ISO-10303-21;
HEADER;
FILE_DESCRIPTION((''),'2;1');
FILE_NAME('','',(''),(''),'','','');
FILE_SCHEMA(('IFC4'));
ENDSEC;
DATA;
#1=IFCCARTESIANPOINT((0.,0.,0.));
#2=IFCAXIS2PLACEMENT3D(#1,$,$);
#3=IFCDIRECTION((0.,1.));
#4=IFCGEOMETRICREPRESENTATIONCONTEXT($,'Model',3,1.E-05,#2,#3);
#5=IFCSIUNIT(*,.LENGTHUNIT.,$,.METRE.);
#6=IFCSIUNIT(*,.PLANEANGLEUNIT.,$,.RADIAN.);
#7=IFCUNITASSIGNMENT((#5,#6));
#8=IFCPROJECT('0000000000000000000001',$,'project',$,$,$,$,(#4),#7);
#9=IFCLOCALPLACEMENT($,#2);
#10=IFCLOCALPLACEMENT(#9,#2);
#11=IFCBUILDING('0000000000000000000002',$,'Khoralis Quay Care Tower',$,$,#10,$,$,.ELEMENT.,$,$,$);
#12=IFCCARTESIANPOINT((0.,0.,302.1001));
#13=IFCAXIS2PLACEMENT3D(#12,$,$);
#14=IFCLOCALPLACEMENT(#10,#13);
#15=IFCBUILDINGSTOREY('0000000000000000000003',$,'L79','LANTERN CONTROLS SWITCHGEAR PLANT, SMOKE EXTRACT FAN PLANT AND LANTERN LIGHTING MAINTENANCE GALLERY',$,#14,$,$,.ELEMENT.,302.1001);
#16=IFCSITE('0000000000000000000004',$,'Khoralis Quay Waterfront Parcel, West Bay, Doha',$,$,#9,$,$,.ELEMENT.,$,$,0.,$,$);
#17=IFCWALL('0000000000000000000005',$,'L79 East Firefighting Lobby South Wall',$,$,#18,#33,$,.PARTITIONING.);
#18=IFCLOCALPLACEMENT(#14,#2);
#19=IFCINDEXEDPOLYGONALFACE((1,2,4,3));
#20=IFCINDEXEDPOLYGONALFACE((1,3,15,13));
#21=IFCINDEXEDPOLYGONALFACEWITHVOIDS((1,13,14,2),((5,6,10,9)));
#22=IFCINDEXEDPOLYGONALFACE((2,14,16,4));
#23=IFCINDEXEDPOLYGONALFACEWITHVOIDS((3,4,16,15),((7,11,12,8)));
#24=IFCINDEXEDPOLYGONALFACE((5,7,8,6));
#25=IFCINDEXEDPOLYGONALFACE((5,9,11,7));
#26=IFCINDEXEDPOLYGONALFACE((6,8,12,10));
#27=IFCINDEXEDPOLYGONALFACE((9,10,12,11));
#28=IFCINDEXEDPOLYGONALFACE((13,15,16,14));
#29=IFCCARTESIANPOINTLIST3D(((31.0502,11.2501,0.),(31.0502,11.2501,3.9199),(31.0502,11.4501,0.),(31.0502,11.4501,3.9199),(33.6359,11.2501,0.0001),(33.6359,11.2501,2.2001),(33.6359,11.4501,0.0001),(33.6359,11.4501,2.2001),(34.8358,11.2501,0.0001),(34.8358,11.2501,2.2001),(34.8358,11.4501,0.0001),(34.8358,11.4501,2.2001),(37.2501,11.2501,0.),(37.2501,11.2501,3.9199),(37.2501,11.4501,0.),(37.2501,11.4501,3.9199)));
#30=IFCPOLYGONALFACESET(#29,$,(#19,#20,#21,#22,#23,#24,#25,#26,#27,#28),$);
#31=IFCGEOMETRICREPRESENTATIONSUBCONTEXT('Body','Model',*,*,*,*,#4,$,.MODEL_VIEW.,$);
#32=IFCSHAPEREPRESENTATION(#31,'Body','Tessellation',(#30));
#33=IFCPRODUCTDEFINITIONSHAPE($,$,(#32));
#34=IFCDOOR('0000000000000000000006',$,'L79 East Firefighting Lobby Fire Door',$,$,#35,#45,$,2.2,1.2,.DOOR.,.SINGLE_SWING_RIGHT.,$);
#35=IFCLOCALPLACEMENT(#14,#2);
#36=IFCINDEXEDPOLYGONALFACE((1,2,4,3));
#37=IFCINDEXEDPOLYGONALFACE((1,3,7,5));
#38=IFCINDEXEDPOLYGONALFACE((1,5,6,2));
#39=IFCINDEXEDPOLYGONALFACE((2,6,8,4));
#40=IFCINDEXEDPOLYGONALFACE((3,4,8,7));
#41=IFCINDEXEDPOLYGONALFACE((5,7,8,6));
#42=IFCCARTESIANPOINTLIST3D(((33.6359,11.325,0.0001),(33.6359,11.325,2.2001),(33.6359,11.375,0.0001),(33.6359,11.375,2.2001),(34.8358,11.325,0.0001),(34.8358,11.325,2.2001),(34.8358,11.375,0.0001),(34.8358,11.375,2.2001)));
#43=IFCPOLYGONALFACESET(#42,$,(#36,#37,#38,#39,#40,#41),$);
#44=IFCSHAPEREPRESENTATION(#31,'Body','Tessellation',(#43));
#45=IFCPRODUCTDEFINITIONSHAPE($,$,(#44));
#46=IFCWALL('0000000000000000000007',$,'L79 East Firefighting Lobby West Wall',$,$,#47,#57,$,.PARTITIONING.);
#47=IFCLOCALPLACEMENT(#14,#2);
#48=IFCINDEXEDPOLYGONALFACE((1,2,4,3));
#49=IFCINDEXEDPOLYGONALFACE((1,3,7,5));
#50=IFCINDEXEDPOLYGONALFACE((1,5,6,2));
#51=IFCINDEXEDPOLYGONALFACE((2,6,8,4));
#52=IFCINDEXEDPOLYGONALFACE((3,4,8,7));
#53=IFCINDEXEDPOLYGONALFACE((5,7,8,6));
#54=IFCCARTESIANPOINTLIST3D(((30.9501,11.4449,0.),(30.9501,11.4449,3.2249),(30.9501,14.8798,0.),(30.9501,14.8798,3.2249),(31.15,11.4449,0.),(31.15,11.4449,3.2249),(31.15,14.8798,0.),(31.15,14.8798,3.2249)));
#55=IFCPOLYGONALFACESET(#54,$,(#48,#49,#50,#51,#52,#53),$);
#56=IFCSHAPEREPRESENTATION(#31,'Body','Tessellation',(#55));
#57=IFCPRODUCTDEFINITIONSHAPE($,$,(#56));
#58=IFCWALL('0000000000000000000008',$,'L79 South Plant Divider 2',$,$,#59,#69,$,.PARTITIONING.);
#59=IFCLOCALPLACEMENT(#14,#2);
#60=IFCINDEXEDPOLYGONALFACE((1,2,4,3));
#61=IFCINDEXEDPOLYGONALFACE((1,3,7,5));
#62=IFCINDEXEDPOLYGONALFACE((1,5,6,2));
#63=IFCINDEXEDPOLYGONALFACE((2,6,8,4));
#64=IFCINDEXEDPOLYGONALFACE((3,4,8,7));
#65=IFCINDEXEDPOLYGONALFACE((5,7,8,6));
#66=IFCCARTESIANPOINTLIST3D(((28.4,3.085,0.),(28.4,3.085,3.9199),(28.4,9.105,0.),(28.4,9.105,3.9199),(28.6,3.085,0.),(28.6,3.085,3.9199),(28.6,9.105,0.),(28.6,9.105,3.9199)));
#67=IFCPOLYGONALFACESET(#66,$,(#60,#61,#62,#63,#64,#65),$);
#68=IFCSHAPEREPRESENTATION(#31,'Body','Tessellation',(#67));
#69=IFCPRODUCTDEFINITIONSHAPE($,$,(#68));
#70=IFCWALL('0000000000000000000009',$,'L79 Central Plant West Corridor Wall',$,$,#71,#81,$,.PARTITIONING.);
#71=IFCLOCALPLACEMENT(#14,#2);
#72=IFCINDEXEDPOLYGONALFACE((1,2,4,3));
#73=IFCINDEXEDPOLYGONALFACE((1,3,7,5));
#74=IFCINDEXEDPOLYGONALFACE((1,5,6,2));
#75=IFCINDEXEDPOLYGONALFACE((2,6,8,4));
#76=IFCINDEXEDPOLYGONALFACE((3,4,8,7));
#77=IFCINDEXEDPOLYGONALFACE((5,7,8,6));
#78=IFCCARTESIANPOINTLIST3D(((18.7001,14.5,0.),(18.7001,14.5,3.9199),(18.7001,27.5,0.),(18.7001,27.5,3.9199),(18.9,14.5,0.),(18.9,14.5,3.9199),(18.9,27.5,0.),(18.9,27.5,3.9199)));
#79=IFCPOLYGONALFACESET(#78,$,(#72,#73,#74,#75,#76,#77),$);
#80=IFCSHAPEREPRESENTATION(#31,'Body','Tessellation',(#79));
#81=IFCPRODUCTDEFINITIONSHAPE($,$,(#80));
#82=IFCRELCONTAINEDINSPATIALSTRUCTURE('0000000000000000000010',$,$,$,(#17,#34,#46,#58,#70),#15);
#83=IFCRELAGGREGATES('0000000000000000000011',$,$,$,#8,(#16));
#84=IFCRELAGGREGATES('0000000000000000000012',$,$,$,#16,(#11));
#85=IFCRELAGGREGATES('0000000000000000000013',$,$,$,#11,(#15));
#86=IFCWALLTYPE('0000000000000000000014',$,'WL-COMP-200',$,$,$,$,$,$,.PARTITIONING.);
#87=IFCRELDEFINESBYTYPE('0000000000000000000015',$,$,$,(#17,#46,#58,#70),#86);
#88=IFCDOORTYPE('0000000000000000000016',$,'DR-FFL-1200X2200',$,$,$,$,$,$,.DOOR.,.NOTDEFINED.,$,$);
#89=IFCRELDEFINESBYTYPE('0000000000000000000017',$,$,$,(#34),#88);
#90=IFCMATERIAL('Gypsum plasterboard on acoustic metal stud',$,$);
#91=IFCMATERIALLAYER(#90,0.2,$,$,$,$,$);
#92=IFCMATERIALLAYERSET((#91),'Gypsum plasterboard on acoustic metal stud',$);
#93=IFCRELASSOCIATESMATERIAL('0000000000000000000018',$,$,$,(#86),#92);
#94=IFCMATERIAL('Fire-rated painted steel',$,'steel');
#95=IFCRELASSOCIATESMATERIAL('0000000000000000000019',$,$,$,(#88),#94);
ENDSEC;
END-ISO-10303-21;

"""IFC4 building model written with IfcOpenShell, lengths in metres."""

from ifc_helpers import new_model, si_unit, direction, frame, frame_2d, origin, place, context, subcontext, project, spatial, rectangle, extrude, source, transform, mapped, material, layer, layer_set, type_object, element, fill, save


model = new_model("IFC4")

# Units and contexts
model_context = context("Model", 3, precision=1e-05, world=origin(), true_north=direction((0.0, 1.0)))
body_context = subcontext(model_context, "Body", "Model", "MODEL_VIEW")
ifc_project = project(units=[si_unit("LENGTHUNIT", "METRE"), si_unit("PLANEANGLEUNIT", "RADIAN")], contexts=[model_context])

# Site, building, storey
site_placement = place(None, origin())
site = spatial("IfcSite", under=ifc_project, at=site_placement, Name="Khoralis Quay Waterfront Parcel, West Bay, Doha", CompositionType="ELEMENT", RefElevation=0.0)
building_placement = place(site_placement, origin())
building = spatial("IfcBuilding", under=site, at=building_placement, Name="Khoralis Quay Care Tower", CompositionType="ELEMENT")
storey_placement = place(building_placement, frame((0.0, 0.0, 302.1001)))
storey = spatial("IfcBuildingStorey", under=building, at=storey_placement, Name="L79", Description="LANTERN CONTROLS SWITCHGEAR PLANT, SMOKE EXTRACT FAN PLANT AND LANTERN LIGHTING MAINTENANCE GALLERY", CompositionType="ELEMENT", Elevation=302.1001)

# Wall, opening, door
ifc_material_1 = material(Name="Gypsum plasterboard on acoustic metal stud")
ifc_layer_1 = layer(ifc_material_1, 0.2)
ifc_layer_set_1 = layer_set([ifc_layer_1], Name="Gypsum plasterboard on acoustic metal stud")
wall_type = type_object("IfcWallType", Name="WL-COMP-200", PredefinedType="PARTITIONING", material=ifc_layer_set_1)
wall_1_placement = place(storey_placement, frame((31.05, 11.3501, 0.0), z_axis=(0.0, 0.0, 1.0), x_axis=(1.0, 0.0, 0.0)))
wall_1 = element("IfcWall", 1, at=wall_1_placement, inside=storey, type_object=wall_type, Name="L79 East Firefighting Lobby South Wall", PredefinedType="PARTITIONING", context=body_context, shape_type="SweptSolid", body=[
    extrude(rectangle(XDim=6.2, YDim=0.2, at=frame_2d((3.1001, 0.0))), origin(), (0.0, 0.0, 1.0), 3.9199),
])
opening_placement = place(wall_1_placement, frame((2.5857, 0.0, 0.0)))
opening = element("IfcOpeningElement", 2, at=opening_placement, cuts=wall_1, PredefinedType="OPENING", context=body_context, shape_type="SweptSolid", body=[
    extrude(rectangle(XDim=1.2, YDim=2.2, at=frame_2d((0.6001, 1.1001))), frame((0.0, 0.1099, 0.0), z_axis=(0.0, -1.0, 0.0), x_axis=(1.0, 0.0, 0.0)), (0.0, 0.0, 1.0), 0.22),
])
ifc_material_2 = material(Name="Fire-rated painted steel", Category="steel")
door_type = type_object("IfcDoorType", Name="DR-FFL-1200X2200", OperationType="NOTDEFINED", PredefinedType="DOOR", material=ifc_material_2)
shared_shape_1 = source(origin(), body_context, "Body", "SweptSolid", [
    extrude(rectangle(XDim=1.2, YDim=2.2, at=frame_2d((0.6001, 1.1001))), frame((0.0, 0.0249, 0.0), z_axis=(0.0, -1.0, 0.0), x_axis=(1.0, 0.0, 0.0)), (0.0, 0.0, 1.0), 0.05),
])
door_placement = place(opening_placement, origin())
door = element("IfcDoor", 3, at=door_placement, inside=storey, type_object=door_type, Name="L79 East Firefighting Lobby Fire Door", OperationType="SINGLE_SWING_RIGHT", OverallHeight=2.2, OverallWidth=1.2, PredefinedType="DOOR", context=body_context, shape_type="MappedRepresentation", body=[
    mapped(shared_shape_1, transform((0.0, 0.0, 0.0), scale=1.0)),
])
fill(opening, door)

# Walls
wall_2_placement = place(storey_placement, frame((31.05, 11.4451, 0.0), z_axis=(0.0, 0.0, 1.0), x_axis=(0.0, 1.0, 0.0)))
element("IfcWall", 4, at=wall_2_placement, inside=storey, type_object=wall_type, Name="L79 East Firefighting Lobby West Wall", PredefinedType="PARTITIONING", context=body_context, shape_type="SweptSolid", body=[
    extrude(rectangle(XDim=3.4348, YDim=0.2, at=frame_2d((1.7173, 0.0))), origin(), (0.0, 0.0, 1.0), 3.2249),
])
wall_3_placement = place(storey_placement, frame((28.5, 3.085, 0.0), z_axis=(0.0, 0.0, 1.0), x_axis=(0.0, 1.0, 0.0)))
element("IfcWall", 5, at=wall_3_placement, inside=storey, type_object=wall_type, Name="L79 South Plant Divider 2", PredefinedType="PARTITIONING", context=body_context, shape_type="SweptSolid", body=[
    extrude(rectangle(XDim=6.02, YDim=0.2, at=frame_2d((3.01, 0.0))), origin(), (0.0, 0.0, 1.0), 3.9199),
])
wall_4_placement = place(storey_placement, frame((18.8, 14.5, 0.0), z_axis=(0.0, 0.0, 1.0), x_axis=(0.0, 1.0, 0.0)))
element("IfcWall", 6, at=wall_4_placement, inside=storey, type_object=wall_type, Name="L79 Central Plant West Corridor Wall", PredefinedType="PARTITIONING", context=body_context, shape_type="SweptSolid", body=[
    extrude(rectangle(XDim=13.0, YDim=0.2, at=frame_2d((6.5, 0.0))), origin(), (0.0, 0.0, 1.0), 3.9199),
])

save(model, "model.ifc")
